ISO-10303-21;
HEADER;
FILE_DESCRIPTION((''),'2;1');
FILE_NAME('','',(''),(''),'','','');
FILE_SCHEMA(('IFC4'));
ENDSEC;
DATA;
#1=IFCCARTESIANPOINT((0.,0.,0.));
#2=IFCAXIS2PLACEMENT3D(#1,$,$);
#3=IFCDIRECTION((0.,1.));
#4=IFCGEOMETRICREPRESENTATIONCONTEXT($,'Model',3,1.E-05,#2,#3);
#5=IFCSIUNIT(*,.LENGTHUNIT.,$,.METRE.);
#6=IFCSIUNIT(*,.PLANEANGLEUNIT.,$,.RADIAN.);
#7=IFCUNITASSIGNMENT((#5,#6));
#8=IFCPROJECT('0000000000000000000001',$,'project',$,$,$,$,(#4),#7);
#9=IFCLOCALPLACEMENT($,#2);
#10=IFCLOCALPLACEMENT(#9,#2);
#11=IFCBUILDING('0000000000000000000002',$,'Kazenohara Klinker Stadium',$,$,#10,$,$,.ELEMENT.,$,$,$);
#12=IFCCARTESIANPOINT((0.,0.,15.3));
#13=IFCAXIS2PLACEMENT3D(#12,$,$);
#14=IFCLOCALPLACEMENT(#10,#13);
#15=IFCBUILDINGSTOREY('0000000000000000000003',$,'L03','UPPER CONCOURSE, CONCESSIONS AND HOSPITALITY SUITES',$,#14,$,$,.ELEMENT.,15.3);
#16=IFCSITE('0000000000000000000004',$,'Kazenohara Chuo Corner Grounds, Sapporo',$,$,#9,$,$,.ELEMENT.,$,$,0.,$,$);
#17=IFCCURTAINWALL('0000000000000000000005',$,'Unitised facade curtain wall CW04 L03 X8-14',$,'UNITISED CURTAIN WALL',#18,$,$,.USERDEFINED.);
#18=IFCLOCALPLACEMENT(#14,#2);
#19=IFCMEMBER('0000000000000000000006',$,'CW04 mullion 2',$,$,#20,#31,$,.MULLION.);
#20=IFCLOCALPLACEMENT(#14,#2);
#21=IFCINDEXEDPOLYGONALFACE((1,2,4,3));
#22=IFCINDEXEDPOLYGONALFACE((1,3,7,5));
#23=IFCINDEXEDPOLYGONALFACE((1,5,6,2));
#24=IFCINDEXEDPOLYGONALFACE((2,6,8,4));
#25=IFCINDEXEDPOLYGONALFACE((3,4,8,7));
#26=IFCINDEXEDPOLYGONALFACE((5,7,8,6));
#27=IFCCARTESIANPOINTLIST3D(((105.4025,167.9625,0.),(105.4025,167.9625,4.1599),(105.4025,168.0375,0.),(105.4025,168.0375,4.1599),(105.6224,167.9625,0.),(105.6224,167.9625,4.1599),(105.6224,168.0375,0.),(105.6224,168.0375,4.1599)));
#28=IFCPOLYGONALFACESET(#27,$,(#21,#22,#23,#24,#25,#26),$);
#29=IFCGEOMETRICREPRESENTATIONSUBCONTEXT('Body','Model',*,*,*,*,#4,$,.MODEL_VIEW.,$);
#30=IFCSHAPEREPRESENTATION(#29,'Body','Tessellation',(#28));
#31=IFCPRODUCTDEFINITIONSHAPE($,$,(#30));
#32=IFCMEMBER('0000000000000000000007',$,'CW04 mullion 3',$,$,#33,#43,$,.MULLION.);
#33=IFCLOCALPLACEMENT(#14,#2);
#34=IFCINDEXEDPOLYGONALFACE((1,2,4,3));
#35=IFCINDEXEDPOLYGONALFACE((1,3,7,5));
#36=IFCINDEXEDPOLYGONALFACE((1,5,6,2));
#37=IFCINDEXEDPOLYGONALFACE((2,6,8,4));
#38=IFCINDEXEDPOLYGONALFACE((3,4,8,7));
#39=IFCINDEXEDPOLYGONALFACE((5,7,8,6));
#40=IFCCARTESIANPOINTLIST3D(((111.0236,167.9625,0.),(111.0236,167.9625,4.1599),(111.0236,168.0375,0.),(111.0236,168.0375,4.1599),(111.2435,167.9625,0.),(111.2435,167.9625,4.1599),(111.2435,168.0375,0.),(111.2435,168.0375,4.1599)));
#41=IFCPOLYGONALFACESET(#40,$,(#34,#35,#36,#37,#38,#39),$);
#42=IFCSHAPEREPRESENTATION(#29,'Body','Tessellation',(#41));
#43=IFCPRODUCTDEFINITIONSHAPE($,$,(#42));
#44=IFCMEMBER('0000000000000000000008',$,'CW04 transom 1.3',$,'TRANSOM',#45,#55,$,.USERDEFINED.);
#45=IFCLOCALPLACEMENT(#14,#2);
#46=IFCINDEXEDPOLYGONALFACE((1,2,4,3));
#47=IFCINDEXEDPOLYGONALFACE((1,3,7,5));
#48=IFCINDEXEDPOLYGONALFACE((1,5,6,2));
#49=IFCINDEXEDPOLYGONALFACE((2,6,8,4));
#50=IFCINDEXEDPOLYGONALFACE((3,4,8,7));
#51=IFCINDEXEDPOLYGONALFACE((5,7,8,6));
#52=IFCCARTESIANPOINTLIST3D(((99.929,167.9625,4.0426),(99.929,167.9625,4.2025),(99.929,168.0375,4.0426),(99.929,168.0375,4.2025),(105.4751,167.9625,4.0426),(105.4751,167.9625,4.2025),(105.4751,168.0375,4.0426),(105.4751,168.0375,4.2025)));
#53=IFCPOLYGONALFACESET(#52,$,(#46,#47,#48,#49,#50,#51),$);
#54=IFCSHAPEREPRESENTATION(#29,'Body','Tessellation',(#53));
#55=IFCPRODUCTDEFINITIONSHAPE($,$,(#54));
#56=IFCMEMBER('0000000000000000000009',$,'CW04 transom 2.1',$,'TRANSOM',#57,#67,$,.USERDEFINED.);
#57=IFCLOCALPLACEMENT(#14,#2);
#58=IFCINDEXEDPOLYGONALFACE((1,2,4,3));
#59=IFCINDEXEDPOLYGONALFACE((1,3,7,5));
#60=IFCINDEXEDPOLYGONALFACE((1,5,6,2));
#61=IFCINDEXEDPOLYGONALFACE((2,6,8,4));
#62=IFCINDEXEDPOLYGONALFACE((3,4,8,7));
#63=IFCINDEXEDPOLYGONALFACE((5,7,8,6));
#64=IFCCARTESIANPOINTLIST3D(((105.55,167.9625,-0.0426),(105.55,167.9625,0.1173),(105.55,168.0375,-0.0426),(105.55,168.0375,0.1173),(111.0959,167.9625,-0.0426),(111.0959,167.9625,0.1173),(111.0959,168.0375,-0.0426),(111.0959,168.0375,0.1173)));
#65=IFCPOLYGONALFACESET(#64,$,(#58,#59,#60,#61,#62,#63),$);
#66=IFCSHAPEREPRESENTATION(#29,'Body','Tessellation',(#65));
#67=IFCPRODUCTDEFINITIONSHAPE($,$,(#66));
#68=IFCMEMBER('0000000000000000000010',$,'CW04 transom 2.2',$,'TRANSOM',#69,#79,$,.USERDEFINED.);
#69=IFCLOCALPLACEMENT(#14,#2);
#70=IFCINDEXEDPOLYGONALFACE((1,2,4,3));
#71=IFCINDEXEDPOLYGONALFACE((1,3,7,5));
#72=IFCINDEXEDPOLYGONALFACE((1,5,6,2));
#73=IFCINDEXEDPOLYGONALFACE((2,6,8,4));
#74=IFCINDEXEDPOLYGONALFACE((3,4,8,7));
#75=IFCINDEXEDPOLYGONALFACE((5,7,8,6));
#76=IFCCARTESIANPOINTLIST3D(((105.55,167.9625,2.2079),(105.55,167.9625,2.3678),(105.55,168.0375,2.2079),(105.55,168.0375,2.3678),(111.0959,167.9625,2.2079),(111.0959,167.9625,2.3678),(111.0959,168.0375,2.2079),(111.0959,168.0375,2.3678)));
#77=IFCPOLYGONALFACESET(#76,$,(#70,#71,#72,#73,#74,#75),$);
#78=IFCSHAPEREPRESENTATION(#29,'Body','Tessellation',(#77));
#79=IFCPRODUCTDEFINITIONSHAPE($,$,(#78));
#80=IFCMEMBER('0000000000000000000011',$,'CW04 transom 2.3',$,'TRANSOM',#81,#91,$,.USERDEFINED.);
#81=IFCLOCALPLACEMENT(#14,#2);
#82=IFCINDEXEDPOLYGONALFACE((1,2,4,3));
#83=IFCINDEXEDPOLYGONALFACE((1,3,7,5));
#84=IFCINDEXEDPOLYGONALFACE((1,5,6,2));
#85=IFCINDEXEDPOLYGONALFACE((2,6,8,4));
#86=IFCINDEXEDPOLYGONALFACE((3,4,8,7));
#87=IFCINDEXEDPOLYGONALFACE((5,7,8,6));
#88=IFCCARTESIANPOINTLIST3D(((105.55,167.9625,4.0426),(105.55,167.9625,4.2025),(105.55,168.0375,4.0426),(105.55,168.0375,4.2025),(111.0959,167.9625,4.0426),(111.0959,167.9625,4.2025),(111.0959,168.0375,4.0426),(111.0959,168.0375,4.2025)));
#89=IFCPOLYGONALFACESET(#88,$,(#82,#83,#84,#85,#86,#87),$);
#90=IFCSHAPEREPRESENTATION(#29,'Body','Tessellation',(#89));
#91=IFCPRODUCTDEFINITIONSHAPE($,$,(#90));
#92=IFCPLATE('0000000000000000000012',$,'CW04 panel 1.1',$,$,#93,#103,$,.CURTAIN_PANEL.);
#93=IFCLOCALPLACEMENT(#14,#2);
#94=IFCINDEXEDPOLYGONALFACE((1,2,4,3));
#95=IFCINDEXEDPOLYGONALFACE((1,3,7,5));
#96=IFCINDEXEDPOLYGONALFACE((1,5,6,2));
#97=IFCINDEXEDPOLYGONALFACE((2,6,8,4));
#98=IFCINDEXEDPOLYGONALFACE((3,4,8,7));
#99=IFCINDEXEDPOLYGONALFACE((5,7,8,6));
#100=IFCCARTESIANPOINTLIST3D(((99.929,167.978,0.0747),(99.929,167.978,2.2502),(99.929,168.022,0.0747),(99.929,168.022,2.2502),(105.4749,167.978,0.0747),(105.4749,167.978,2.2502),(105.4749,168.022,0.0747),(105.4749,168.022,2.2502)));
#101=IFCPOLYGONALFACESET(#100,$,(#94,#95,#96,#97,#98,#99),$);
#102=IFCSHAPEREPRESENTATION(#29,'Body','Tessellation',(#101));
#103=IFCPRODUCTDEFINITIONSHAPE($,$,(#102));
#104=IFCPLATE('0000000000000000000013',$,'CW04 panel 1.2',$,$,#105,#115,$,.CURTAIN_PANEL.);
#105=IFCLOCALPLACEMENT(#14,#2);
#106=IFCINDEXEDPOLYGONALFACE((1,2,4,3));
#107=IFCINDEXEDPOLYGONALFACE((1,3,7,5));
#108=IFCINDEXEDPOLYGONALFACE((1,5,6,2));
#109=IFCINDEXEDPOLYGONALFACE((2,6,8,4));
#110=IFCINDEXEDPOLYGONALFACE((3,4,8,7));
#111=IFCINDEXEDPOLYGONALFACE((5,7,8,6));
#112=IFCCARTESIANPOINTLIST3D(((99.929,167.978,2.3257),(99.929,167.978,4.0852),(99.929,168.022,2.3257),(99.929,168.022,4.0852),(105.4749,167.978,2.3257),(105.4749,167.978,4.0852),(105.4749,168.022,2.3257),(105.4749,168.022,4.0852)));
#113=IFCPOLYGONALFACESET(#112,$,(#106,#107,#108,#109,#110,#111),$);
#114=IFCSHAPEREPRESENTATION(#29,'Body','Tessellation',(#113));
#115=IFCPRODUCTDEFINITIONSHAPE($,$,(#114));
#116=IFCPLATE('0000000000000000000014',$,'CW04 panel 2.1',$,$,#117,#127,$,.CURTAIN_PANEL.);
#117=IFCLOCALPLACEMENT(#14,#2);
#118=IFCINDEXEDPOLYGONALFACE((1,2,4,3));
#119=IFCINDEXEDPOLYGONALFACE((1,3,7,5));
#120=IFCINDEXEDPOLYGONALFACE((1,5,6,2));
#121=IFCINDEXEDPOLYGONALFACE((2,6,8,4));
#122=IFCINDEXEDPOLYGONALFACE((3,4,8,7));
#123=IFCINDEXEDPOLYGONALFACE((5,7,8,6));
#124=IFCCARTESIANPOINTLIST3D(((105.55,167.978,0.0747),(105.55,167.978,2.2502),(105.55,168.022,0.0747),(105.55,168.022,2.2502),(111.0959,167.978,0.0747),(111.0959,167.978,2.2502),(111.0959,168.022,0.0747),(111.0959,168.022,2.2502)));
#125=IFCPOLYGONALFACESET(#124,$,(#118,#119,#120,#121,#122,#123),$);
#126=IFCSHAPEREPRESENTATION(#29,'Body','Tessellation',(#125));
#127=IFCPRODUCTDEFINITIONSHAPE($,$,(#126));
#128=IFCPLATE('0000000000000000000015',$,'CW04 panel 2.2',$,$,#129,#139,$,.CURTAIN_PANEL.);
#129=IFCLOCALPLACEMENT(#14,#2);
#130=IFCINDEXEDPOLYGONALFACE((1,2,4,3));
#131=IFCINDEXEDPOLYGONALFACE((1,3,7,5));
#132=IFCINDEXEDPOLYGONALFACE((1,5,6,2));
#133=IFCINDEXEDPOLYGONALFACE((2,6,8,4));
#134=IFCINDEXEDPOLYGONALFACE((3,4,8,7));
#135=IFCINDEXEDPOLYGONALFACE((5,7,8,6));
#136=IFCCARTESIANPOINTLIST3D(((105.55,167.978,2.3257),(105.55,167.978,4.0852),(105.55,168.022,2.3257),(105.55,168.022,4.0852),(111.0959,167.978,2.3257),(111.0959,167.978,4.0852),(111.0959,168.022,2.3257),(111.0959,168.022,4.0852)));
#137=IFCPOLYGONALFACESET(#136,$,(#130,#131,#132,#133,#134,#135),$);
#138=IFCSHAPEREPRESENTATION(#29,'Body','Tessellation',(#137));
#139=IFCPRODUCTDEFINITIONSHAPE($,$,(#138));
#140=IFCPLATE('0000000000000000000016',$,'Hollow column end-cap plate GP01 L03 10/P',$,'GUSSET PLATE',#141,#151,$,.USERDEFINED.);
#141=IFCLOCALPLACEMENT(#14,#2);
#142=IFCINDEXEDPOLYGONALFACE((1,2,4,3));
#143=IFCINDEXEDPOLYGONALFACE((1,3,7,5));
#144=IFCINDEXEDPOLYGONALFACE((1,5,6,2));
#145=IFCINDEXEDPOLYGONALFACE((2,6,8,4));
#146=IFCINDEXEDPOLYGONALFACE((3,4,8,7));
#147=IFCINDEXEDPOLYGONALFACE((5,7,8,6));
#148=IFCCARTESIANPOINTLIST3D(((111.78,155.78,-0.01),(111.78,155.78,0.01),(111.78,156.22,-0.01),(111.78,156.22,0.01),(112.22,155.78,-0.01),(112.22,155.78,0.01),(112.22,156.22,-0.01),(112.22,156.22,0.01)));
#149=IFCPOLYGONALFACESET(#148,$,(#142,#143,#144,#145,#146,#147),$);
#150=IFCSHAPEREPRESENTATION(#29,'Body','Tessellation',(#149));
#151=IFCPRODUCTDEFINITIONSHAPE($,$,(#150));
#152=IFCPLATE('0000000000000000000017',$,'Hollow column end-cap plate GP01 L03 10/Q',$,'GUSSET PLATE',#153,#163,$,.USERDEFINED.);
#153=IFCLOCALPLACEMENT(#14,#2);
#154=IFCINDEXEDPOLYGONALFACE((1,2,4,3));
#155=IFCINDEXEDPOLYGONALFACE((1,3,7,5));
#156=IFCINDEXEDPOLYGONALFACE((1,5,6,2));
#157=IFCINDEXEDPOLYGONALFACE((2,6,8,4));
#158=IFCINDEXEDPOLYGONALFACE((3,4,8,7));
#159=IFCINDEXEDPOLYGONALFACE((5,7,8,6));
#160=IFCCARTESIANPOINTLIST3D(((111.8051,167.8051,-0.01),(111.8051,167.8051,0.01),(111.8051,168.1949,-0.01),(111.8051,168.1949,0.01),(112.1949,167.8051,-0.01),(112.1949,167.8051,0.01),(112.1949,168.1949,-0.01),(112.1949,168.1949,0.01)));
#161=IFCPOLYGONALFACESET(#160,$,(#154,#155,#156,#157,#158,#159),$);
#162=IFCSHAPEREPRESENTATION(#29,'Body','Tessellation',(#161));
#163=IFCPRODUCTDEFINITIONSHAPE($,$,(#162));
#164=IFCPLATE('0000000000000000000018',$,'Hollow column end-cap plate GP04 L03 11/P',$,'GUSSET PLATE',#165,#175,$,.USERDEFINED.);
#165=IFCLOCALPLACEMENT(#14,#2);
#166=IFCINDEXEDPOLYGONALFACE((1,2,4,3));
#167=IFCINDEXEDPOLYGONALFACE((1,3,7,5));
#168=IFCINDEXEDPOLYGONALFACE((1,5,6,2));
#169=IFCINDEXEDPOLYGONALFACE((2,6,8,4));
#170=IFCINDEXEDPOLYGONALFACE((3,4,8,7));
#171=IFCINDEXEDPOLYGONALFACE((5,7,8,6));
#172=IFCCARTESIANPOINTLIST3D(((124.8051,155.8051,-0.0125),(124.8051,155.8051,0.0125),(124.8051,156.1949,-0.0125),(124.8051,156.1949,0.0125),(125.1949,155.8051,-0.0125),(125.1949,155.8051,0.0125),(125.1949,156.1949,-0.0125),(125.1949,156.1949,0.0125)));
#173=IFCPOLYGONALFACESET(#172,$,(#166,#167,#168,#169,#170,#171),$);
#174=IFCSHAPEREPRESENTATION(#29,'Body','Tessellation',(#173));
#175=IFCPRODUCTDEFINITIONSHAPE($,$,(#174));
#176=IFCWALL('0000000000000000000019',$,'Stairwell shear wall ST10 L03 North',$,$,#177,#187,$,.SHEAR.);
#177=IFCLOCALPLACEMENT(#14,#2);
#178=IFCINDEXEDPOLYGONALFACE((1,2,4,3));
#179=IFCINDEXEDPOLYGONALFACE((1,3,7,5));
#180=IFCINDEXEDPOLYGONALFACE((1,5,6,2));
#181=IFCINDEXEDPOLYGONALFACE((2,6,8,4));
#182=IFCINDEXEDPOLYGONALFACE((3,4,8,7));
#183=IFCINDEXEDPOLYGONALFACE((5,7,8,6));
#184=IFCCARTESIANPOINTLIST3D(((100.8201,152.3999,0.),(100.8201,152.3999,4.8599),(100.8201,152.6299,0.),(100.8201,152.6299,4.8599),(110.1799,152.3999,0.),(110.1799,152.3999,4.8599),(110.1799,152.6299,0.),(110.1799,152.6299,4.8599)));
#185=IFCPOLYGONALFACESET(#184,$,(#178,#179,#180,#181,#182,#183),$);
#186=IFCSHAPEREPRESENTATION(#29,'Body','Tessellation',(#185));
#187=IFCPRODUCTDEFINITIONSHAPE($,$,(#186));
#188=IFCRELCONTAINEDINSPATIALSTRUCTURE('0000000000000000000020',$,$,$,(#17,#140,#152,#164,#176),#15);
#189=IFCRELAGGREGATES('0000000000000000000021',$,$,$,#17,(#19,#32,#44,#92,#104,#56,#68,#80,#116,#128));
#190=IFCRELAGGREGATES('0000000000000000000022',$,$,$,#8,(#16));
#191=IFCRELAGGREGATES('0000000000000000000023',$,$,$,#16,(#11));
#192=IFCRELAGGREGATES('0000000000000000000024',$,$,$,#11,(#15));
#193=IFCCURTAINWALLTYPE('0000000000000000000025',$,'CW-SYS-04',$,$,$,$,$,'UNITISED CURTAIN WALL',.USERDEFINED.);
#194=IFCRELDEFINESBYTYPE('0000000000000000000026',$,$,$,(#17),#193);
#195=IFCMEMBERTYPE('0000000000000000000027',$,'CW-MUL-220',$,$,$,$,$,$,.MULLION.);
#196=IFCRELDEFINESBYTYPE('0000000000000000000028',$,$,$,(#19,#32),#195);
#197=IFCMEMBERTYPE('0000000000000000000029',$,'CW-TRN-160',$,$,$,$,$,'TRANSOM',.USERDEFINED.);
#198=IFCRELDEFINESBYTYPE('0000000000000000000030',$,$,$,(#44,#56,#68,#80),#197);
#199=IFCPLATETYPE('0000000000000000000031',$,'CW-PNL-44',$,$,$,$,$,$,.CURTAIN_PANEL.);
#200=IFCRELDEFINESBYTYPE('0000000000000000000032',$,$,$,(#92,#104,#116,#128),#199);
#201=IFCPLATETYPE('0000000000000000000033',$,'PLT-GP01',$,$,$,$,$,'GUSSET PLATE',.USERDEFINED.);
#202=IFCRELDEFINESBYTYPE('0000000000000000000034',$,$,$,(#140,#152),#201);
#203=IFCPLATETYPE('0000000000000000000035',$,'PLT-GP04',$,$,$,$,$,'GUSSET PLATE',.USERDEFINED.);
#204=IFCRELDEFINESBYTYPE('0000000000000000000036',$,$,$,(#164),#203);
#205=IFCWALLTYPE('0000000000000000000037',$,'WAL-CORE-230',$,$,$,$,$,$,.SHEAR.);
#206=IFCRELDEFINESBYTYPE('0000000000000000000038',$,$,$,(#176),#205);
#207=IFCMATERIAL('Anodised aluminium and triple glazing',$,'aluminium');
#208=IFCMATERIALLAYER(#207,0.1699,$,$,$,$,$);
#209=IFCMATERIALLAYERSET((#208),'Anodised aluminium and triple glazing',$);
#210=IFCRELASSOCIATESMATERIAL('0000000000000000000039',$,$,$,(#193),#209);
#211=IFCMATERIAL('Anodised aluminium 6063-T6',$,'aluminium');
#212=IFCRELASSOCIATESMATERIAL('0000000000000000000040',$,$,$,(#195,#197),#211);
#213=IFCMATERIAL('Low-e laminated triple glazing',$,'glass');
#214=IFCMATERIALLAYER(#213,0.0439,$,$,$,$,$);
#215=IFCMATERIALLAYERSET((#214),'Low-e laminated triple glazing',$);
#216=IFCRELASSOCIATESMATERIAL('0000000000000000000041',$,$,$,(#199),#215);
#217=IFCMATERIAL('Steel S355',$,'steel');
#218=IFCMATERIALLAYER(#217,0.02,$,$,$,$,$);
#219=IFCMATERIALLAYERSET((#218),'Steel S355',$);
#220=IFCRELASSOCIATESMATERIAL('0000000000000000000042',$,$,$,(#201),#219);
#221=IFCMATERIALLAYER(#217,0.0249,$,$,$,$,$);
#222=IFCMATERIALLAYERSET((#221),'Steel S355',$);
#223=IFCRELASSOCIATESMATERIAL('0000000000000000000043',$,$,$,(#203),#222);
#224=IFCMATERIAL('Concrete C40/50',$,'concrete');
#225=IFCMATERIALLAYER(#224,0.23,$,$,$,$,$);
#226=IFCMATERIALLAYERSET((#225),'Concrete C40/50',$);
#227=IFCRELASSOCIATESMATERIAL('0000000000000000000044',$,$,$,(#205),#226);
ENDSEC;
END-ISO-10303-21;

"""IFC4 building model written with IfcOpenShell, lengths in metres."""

from ifc_helpers import new_model, si_unit, direction, frame, frame_2d, origin, origin_2d, place, context, subcontext, project, spatial, rectangle, extrude, material, layer, layer_set, material_profile, profile_set, type_object, element, aggregate, save


model = new_model("IFC4")

# Units and contexts
model_context = context("Model", 3, precision=1e-05, world=origin(), true_north=direction((0.0, 1.0)))
body_context = subcontext(model_context, "Body", "Model", "MODEL_VIEW")
ifc_project = project(units=[si_unit("LENGTHUNIT", "METRE"), si_unit("PLANEANGLEUNIT", "RADIAN")], contexts=[model_context])

# Site, building, storey
site_placement = place(None, origin())
site = spatial("IfcSite", under=ifc_project, at=site_placement, Name="Kazenohara Chuo Corner Grounds, Sapporo", CompositionType="ELEMENT", RefElevation=0.0)
building_placement = place(site_placement, origin())
building = spatial("IfcBuilding", under=site, at=building_placement, Name="Kazenohara Klinker Stadium", CompositionType="ELEMENT")
storey_placement = place(building_placement, frame((0.0, 0.0, 15.3)))
storey = spatial("IfcBuildingStorey", under=building, at=storey_placement, Name="L03", Description="UPPER CONCOURSE, CONCESSIONS AND HOSPITALITY SUITES", CompositionType="ELEMENT", Elevation=15.3)

# Shared definitions
ifc_material_1 = material(Name="Concrete C40/50", Category="concrete")
ifc_material_2 = material(Name="Steel S355", Category="steel")

# Curtain wall, members, plates
ifc_material_3 = material(Name="Anodised aluminium and triple glazing", Category="aluminium")
ifc_layer_1 = layer(ifc_material_3, 0.1699)
ifc_layer_set_1 = layer_set([ifc_layer_1], Name="Anodised aluminium and triple glazing")
curtain_wall_type = type_object("IfcCurtainWallType", Name="CW-SYS-04", ElementType="UNITISED CURTAIN WALL", PredefinedType="USERDEFINED", material=ifc_layer_set_1)
curtain_wall_placement = place(storey_placement, origin())
curtain_wall = element("IfcCurtainWall", 1, at=curtain_wall_placement, inside=storey, type_object=curtain_wall_type, Name="Unitised facade curtain wall CW04 L03 X8-14", ObjectType="UNITISED CURTAIN WALL", PredefinedType="USERDEFINED")
ifc_material_4 = material(Name="Anodised aluminium 6063-T6", Category="aluminium")
ifc_material_profile_1 = material_profile(ifc_material_4, rectangle(XDim=0.075, YDim=0.22, at=origin_2d()), Name="ALU-MUL-75x220")
ifc_profile_set_1 = profile_set([ifc_material_profile_1], Name="Anodised aluminium 6063-T6")
member_type_1 = type_object("IfcMemberType", Name="CW-MUL-220", PredefinedType="MULLION", material=ifc_profile_set_1)
member_1_placement = place(storey_placement, frame((105.5125, 168.0, 0.0), z_axis=(0.0, 0.0, 1.0), x_axis=(0.0, 1.0, 0.0)))
member_1 = element("IfcMember", 2, at=member_1_placement, type_object=member_type_1, Name="CW04 mullion 2", PredefinedType="MULLION", context=body_context, shape_type="SweptSolid", body=[
    extrude(rectangle(XDim=0.075, YDim=0.22, at=origin_2d()), origin(), (0.0, 0.0, 1.0), 4.1599),
])
member_2_placement = place(storey_placement, frame((111.1335, 168.0, 0.0), z_axis=(0.0, 0.0, 1.0), x_axis=(0.0, 1.0, 0.0)))
member_2 = element("IfcMember", 3, at=member_2_placement, type_object=member_type_1, Name="CW04 mullion 3", PredefinedType="MULLION", context=body_context, shape_type="SweptSolid", body=[
    extrude(rectangle(XDim=0.075, YDim=0.22, at=origin_2d()), origin(), (0.0, 0.0, 1.0), 4.1599),
])
ifc_material_profile_2 = material_profile(ifc_material_4, rectangle(XDim=0.075, YDim=0.1599, at=origin_2d()), Name="ALU-TRN-75x160")
ifc_profile_set_2 = profile_set([ifc_material_profile_2], Name="Anodised aluminium 6063-T6")
member_type_2 = type_object("IfcMemberType", Name="CW-TRN-160", ElementType="TRANSOM", PredefinedType="USERDEFINED", material=ifc_profile_set_2)
member_3_placement = place(storey_placement, frame((99.929, 168.0, 4.1226), z_axis=(1.0, 0.0, 0.0), x_axis=(0.0, 1.0, 0.0)))
member_3 = element("IfcMember", 4, at=member_3_placement, type_object=member_type_2, Name="CW04 transom 1.3", ObjectType="TRANSOM", PredefinedType="USERDEFINED", context=body_context, shape_type="SweptSolid", body=[
    extrude(rectangle(XDim=0.075, YDim=0.1599, at=origin_2d()), origin(), (0.0, 0.0, 1.0), 5.5461),
])
member_4_placement = place(storey_placement, frame((105.55, 168.0, 0.0374), z_axis=(1.0, 0.0, 0.0), x_axis=(0.0, 1.0, 0.0)))
member_4 = element("IfcMember", 5, at=member_4_placement, type_object=member_type_2, Name="CW04 transom 2.1", ObjectType="TRANSOM", PredefinedType="USERDEFINED", context=body_context, shape_type="SweptSolid", body=[
    extrude(rectangle(XDim=0.075, YDim=0.1599, at=origin_2d()), origin(), (0.0, 0.0, 1.0), 5.5459),
])
member_5_placement = place(storey_placement, frame((105.55, 168.0, 2.2878), z_axis=(1.0, 0.0, 0.0), x_axis=(0.0, 1.0, 0.0)))
member_5 = element("IfcMember", 6, at=member_5_placement, type_object=member_type_2, Name="CW04 transom 2.2", ObjectType="TRANSOM", PredefinedType="USERDEFINED", context=body_context, shape_type="SweptSolid", body=[
    extrude(rectangle(XDim=0.075, YDim=0.1599, at=origin_2d()), origin(), (0.0, 0.0, 1.0), 5.5459),
])
member_6_placement = place(storey_placement, frame((105.55, 168.0, 4.1226), z_axis=(1.0, 0.0, 0.0), x_axis=(0.0, 1.0, 0.0)))
member_6 = element("IfcMember", 7, at=member_6_placement, type_object=member_type_2, Name="CW04 transom 2.3", ObjectType="TRANSOM", PredefinedType="USERDEFINED", context=body_context, shape_type="SweptSolid", body=[
    extrude(rectangle(XDim=0.075, YDim=0.1599, at=origin_2d()), origin(), (0.0, 0.0, 1.0), 5.5459),
])
ifc_material_5 = material(Name="Low-e laminated triple glazing", Category="glass")
ifc_layer_2 = layer(ifc_material_5, 0.0439)
ifc_layer_set_2 = layer_set([ifc_layer_2], Name="Low-e laminated triple glazing")
plate_type_1 = type_object("IfcPlateType", Name="CW-PNL-44", PredefinedType="CURTAIN_PANEL", material=ifc_layer_set_2)
plate_1_placement = place(storey_placement, frame((102.7019, 168.0, 0.0747), z_axis=(0.0, 0.0, 1.0), x_axis=(1.0, 0.0, 0.0)))
plate_1 = element("IfcPlate", 8, at=plate_1_placement, type_object=plate_type_1, Name="CW04 panel 1.1", PredefinedType="CURTAIN_PANEL", context=body_context, shape_type="SweptSolid", body=[
    extrude(rectangle(XDim=5.5459, YDim=0.0439, at=origin_2d()), origin(), (0.0, 0.0, 1.0), 2.1755),
])
plate_2_placement = place(storey_placement, frame((102.7019, 168.0, 2.3257), z_axis=(0.0, 0.0, 1.0), x_axis=(1.0, 0.0, 0.0)))
plate_2 = element("IfcPlate", 9, at=plate_2_placement, type_object=plate_type_1, Name="CW04 panel 1.2", PredefinedType="CURTAIN_PANEL", context=body_context, shape_type="SweptSolid", body=[
    extrude(rectangle(XDim=5.5459, YDim=0.0439, at=origin_2d()), origin(), (0.0, 0.0, 1.0), 1.7595),
])
plate_3_placement = place(storey_placement, frame((108.323, 168.0, 0.0747), z_axis=(0.0, 0.0, 1.0), x_axis=(1.0, 0.0, 0.0)))
plate_3 = element("IfcPlate", 10, at=plate_3_placement, type_object=plate_type_1, Name="CW04 panel 2.1", PredefinedType="CURTAIN_PANEL", context=body_context, shape_type="SweptSolid", body=[
    extrude(rectangle(XDim=5.5459, YDim=0.0439, at=origin_2d()), origin(), (0.0, 0.0, 1.0), 2.1755),
])
plate_4_placement = place(storey_placement, frame((108.323, 168.0, 2.3257), z_axis=(0.0, 0.0, 1.0), x_axis=(1.0, 0.0, 0.0)))
plate_4 = element("IfcPlate", 11, at=plate_4_placement, type_object=plate_type_1, Name="CW04 panel 2.2", PredefinedType="CURTAIN_PANEL", context=body_context, shape_type="SweptSolid", body=[
    extrude(rectangle(XDim=5.5459, YDim=0.0439, at=origin_2d()), origin(), (0.0, 0.0, 1.0), 1.7595),
])
aggregate(curtain_wall, [member_1, member_2, member_3, plate_1, plate_2, member_4, member_5, member_6, plate_3, plate_4])

# Plates
ifc_layer_3 = layer(ifc_material_2, 0.02)
ifc_layer_set_3 = layer_set([ifc_layer_3], Name="Steel S355")
plate_type_2 = type_object("IfcPlateType", Name="PLT-GP01", ElementType="GUSSET PLATE", PredefinedType="USERDEFINED", material=ifc_layer_set_3)
plate_5_placement = place(storey_placement, frame((112.0, 156.0, -0.01), z_axis=(0.0, 0.0, 1.0), x_axis=(1.0, 0.0, 0.0)))
element("IfcPlate", 12, at=plate_5_placement, inside=storey, type_object=plate_type_2, Name="Hollow column end-cap plate GP01 L03 10/P", ObjectType="GUSSET PLATE", PredefinedType="USERDEFINED", context=body_context, shape_type="SweptSolid", body=[
    extrude(rectangle(XDim=0.4399, YDim=0.4399, at=origin_2d()), origin(), (0.0, 0.0, 1.0), 0.02),
])
plate_6_placement = place(storey_placement, frame((112.0, 168.0, -0.01), z_axis=(0.0, 0.0, 1.0), x_axis=(1.0, 0.0, 0.0)))
element("IfcPlate", 13, at=plate_6_placement, inside=storey, type_object=plate_type_2, Name="Hollow column end-cap plate GP01 L03 10/Q", ObjectType="GUSSET PLATE", PredefinedType="USERDEFINED", context=body_context, shape_type="SweptSolid", body=[
    extrude(rectangle(XDim=0.3899, YDim=0.3899, at=origin_2d()), origin(), (0.0, 0.0, 1.0), 0.02),
])
ifc_layer_4 = layer(ifc_material_2, 0.0249)
ifc_layer_set_4 = layer_set([ifc_layer_4], Name="Steel S355")
plate_type_3 = type_object("IfcPlateType", Name="PLT-GP04", ElementType="GUSSET PLATE", PredefinedType="USERDEFINED", material=ifc_layer_set_4)
plate_7_placement = place(storey_placement, frame((125.0, 156.0, -0.0125), z_axis=(0.0, 0.0, 1.0), x_axis=(1.0, 0.0, 0.0)))
element("IfcPlate", 14, at=plate_7_placement, inside=storey, type_object=plate_type_3, Name="Hollow column end-cap plate GP04 L03 11/P", ObjectType="GUSSET PLATE", PredefinedType="USERDEFINED", context=body_context, shape_type="SweptSolid", body=[
    extrude(rectangle(XDim=0.3899, YDim=0.3899, at=origin_2d()), origin(), (0.0, 0.0, 1.0), 0.0249),
])

# Wall
ifc_layer_5 = layer(ifc_material_1, 0.23)
ifc_layer_set_5 = layer_set([ifc_layer_5], Name="Concrete C40/50")
wall_type_1 = type_object("IfcWallType", Name="WAL-CORE-230", PredefinedType="SHEAR", material=ifc_layer_set_5)
wall_1_placement = place(storey_placement, frame((100.8201, 152.5149, 0.0), z_axis=(0.0, 0.0, 1.0), x_axis=(1.0, 0.0, 0.0)))
element("IfcWall", 15, at=wall_1_placement, inside=storey, type_object=wall_type_1, Name="Stairwell shear wall ST10 L03 North", PredefinedType="SHEAR", context=body_context, shape_type="SweptSolid", body=[
    extrude(rectangle(XDim=9.3599, YDim=0.23, at=frame_2d((4.6799, 0.0))), origin(), (0.0, 0.0, 1.0), 4.8599),
])

save(model, "model.ifc")
